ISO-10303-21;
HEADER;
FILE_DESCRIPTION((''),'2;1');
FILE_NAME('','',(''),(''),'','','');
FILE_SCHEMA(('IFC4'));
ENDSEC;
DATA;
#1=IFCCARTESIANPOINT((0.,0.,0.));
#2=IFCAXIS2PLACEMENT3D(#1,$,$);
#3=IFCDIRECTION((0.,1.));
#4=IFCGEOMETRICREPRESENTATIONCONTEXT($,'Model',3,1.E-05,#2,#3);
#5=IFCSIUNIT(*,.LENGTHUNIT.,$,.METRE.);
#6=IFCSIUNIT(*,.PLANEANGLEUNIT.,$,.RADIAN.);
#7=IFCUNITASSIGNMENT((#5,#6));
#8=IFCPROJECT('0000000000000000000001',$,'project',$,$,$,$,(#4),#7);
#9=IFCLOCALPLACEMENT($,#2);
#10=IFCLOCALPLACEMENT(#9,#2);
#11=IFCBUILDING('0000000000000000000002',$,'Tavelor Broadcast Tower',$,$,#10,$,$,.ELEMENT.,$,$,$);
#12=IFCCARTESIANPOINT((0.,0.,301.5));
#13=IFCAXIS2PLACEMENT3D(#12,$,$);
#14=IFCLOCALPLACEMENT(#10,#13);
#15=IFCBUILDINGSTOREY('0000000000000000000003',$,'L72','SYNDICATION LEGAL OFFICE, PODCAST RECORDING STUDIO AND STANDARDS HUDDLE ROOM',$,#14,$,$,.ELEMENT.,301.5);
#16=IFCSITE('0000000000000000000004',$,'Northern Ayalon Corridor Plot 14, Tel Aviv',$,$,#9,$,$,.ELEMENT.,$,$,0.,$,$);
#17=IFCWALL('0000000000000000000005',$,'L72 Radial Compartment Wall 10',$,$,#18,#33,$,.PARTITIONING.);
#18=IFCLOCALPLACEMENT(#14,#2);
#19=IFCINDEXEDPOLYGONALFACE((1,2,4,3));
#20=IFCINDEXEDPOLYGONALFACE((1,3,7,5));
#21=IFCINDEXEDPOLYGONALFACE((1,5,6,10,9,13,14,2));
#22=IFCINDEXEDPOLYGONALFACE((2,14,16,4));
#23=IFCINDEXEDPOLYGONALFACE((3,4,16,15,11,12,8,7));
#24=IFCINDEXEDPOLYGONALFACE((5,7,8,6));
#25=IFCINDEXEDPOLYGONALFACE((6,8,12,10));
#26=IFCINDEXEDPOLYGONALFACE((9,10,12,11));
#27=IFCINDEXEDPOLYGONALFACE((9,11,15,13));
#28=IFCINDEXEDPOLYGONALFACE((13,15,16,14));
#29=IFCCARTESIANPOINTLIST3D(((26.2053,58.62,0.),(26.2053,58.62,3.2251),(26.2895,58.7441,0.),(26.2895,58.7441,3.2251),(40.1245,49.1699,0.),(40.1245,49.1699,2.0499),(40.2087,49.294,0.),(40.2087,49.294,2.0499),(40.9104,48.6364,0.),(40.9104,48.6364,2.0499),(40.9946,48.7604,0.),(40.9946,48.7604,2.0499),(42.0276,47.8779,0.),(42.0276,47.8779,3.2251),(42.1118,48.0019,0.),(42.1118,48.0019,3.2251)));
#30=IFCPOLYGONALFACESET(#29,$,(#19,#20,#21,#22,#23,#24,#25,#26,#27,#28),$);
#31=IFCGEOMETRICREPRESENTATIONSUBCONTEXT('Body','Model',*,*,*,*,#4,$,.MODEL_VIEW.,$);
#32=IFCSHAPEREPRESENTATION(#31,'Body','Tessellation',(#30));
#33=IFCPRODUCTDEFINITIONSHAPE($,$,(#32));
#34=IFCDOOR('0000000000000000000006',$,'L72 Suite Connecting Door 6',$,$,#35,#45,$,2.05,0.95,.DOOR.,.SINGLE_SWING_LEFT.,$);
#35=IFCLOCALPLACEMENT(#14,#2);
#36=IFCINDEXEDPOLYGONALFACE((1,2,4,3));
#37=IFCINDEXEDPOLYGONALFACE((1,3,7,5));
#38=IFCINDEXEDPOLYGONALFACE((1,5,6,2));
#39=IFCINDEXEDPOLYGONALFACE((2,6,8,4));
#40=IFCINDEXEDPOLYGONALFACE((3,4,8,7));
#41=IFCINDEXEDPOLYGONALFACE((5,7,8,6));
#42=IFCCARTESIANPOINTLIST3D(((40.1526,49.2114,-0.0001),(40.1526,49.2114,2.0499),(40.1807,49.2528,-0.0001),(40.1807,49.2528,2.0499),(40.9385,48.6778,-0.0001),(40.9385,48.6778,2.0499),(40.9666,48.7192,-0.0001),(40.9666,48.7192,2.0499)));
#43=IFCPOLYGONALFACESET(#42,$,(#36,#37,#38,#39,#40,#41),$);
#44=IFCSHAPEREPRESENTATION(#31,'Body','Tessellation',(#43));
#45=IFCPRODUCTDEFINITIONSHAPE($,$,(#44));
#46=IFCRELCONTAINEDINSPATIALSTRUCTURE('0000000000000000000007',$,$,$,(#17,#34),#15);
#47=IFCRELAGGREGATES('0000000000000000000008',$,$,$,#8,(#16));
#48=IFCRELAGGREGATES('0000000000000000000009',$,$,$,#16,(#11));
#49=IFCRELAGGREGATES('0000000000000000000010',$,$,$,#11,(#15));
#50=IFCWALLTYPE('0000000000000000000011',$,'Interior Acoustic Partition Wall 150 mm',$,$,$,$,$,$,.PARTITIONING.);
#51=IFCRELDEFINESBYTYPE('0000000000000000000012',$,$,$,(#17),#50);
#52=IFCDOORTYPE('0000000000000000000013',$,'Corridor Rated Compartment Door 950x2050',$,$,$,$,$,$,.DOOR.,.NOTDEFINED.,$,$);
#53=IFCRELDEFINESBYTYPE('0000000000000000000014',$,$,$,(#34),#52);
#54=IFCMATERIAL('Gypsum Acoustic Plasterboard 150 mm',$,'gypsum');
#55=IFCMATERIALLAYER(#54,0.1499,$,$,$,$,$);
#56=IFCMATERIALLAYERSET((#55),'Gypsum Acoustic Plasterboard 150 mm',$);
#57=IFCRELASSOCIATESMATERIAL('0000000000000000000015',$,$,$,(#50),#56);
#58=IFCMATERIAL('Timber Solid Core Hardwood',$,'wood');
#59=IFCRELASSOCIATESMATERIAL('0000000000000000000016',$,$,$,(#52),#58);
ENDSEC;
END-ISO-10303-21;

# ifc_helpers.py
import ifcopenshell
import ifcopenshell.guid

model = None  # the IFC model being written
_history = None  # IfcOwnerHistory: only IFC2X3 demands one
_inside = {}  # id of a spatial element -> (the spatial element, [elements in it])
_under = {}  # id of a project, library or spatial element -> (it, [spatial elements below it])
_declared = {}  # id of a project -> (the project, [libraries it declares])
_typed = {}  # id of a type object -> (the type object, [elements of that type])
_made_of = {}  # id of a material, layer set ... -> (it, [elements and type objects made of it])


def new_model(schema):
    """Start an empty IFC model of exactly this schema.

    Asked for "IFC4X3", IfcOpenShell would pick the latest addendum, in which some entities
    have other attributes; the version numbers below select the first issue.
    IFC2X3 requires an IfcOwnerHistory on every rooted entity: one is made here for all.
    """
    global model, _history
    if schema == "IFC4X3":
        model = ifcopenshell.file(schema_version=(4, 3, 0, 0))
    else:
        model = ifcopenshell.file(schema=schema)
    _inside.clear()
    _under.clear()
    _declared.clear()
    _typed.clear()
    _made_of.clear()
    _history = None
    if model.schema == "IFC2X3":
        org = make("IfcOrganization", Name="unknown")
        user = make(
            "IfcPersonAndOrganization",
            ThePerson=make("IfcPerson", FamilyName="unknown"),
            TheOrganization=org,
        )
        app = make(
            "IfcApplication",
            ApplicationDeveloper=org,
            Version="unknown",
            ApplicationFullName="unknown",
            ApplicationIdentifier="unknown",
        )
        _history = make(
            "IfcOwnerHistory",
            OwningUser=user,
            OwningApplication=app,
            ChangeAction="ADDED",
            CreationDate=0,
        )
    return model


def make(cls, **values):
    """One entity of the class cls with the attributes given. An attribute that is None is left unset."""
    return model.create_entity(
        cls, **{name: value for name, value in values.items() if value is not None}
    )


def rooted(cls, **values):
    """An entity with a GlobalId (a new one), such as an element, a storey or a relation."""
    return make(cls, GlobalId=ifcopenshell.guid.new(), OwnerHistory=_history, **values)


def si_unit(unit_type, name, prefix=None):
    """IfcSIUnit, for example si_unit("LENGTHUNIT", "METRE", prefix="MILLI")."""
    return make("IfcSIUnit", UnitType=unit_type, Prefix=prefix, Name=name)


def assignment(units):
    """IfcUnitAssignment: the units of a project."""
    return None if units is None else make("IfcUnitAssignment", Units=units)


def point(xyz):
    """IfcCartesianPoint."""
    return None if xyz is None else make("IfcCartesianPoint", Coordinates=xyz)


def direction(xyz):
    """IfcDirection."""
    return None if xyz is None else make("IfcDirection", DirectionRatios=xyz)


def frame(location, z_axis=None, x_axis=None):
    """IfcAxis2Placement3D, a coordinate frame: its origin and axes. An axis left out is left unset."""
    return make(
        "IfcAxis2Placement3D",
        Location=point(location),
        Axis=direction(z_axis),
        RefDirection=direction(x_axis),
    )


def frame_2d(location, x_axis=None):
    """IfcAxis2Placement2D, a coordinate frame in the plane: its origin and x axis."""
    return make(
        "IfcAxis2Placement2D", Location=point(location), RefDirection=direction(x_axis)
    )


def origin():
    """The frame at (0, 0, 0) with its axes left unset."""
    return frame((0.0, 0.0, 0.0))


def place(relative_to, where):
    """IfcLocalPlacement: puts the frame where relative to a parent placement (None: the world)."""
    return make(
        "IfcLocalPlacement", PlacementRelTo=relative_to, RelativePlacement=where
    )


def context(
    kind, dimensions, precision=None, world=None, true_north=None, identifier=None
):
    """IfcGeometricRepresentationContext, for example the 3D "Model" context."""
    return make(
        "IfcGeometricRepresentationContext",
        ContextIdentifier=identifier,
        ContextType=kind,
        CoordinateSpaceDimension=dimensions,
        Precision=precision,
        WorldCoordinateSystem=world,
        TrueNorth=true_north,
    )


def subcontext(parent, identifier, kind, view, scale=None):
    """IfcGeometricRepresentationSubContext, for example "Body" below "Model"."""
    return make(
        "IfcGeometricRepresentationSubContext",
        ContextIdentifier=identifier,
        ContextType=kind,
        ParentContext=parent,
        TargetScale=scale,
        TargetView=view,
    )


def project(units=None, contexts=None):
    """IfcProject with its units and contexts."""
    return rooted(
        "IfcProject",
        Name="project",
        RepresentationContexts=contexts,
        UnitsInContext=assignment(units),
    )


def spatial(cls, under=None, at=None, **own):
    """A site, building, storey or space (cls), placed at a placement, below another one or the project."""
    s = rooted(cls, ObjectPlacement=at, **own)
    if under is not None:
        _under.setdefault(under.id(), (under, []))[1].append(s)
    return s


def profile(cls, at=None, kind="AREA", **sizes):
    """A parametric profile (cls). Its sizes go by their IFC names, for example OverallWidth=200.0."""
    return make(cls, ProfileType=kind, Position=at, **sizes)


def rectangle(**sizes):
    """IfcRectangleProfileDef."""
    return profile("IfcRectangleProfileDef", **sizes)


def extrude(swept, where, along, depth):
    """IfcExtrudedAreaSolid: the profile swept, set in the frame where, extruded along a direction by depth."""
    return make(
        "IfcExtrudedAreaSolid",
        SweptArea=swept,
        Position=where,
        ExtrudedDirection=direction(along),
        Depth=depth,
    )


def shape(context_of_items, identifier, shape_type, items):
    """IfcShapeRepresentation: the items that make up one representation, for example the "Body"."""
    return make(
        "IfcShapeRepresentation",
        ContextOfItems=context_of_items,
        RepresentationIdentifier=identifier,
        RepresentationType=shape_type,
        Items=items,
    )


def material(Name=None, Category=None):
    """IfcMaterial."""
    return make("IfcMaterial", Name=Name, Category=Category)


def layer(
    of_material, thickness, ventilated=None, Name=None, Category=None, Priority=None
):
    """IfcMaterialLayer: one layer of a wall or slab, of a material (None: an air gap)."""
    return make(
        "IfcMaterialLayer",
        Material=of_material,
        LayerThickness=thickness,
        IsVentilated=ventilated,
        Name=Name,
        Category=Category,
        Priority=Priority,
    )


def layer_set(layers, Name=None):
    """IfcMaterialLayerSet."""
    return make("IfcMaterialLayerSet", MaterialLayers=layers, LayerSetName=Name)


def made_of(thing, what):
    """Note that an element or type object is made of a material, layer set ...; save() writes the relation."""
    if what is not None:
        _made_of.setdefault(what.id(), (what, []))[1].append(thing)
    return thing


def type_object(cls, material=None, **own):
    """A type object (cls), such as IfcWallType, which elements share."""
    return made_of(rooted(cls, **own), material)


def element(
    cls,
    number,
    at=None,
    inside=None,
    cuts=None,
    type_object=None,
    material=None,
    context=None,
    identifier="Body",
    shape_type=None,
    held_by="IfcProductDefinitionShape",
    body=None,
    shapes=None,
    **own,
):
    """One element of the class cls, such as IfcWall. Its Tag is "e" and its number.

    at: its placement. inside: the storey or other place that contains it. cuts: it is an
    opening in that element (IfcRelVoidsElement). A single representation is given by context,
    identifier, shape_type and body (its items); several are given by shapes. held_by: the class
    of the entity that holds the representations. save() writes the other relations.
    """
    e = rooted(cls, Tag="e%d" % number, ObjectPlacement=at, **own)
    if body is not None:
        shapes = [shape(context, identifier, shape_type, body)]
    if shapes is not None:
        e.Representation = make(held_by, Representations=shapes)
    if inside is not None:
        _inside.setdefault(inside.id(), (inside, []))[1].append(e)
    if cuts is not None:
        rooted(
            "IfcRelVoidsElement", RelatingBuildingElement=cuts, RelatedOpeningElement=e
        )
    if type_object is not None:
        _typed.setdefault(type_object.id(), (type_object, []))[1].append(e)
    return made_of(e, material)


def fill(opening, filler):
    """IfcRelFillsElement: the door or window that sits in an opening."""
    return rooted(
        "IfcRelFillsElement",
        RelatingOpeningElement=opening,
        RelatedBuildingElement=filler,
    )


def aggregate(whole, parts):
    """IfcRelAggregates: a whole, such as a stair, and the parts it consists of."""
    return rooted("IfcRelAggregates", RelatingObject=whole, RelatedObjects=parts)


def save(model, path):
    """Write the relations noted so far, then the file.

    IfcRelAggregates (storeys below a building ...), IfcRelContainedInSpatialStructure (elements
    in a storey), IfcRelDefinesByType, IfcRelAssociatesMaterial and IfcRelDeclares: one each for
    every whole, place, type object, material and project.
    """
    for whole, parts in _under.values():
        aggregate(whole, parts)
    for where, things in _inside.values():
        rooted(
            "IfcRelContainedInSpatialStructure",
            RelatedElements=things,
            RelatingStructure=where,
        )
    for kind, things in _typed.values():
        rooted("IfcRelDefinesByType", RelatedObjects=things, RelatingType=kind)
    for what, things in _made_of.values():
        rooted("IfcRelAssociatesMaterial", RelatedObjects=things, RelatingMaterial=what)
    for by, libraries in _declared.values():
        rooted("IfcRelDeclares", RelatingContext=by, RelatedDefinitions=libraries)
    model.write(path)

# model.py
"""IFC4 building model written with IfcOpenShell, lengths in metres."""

from ifc_helpers import new_model, si_unit, direction, frame, frame_2d, origin, place, context, subcontext, project, spatial, rectangle, extrude, material, layer, layer_set, type_object, element, fill, save


model = new_model("IFC4")

# Units and contexts
model_context = context("Model", 3, precision=1e-05, world=origin(), true_north=direction((0.0, 1.0)))
body_context = subcontext(model_context, "Body", "Model", "MODEL_VIEW")
ifc_project = project(units=[si_unit("LENGTHUNIT", "METRE"), si_unit("PLANEANGLEUNIT", "RADIAN")], contexts=[model_context])

# Site, building, storey
site_placement = place(None, origin())
site = spatial("IfcSite", under=ifc_project, at=site_placement, Name="Northern Ayalon Corridor Plot 14, Tel Aviv", CompositionType="ELEMENT", RefElevation=0.0)
building_placement = place(site_placement, origin())
building = spatial("IfcBuilding", under=site, at=building_placement, Name="Tavelor Broadcast Tower", CompositionType="ELEMENT")
storey_placement = place(building_placement, frame((0.0, 0.0, 301.5)))
storey = spatial("IfcBuildingStorey", under=building, at=storey_placement, Name="L72", Description="SYNDICATION LEGAL OFFICE, PODCAST RECORDING STUDIO AND STANDARDS HUDDLE ROOM", CompositionType="ELEMENT", Elevation=301.5)

# Shared definitions
ifc_material_1 = material(Name="Gypsum Acoustic Plasterboard 150 mm", Category="gypsum")
ifc_layer_1 = layer(ifc_material_1, 0.1499)
ifc_layer_set_1 = layer_set([ifc_layer_1], Name="Gypsum Acoustic Plasterboard 150 mm")
wall_type_1 = type_object("IfcWallType", Name="Interior Acoustic Partition Wall 150 mm", PredefinedType="PARTITIONING", material=ifc_layer_set_1)

# Wall, opening, door
ifc_material_2 = material(Name="Timber Solid Core Hardwood", Category="wood")
door_type_1 = type_object("IfcDoorType", Name="Corridor Rated Compartment Door 950x2050", OperationType="NOTDEFINED", PredefinedType="DOOR", material=ifc_material_2)
wall_1_placement = place(storey_placement, frame((42.0696, 47.9399, 0.0), z_axis=(0.0, 0.0, 1.0), x_axis=(-0.827338, 0.561704, 0.0)))
wall_1 = element("IfcWall", 1, at=wall_1_placement, inside=storey, type_object=wall_type_1, Name="L72 Radial Compartment Wall 10", PredefinedType="PARTITIONING", context=body_context, shape_type="SweptSolid", body=[
    extrude(rectangle(XDim=19.1243, YDim=0.1499, at=frame_2d((9.562, 0.0))), origin(), (0.0, 0.0, 1.0), 3.2251),
])
opening_1_placement = place(wall_1_placement, frame((1.3501, 0.0, 0.0)))
opening_1 = element("IfcOpeningElement", 2, at=opening_1_placement, cuts=wall_1, PredefinedType="OPENING", context=body_context, shape_type="SweptSolid", body=[
    extrude(rectangle(XDim=0.95, YDim=2.05, at=frame_2d((0.4751, 1.0249))), frame((0.0, 0.085, 0.0), z_axis=(0.0, -1.0, 0.0), x_axis=(1.0, 0.0, 0.0)), (0.0, 0.0, 1.0), 0.1699),
])
door_1_placement = place(opening_1_placement, origin())
door_1 = element("IfcDoor", 3, at=door_1_placement, inside=storey, type_object=door_type_1, Name="L72 Suite Connecting Door 6", OperationType="SINGLE_SWING_LEFT", OverallHeight=2.05, OverallWidth=0.95, PredefinedType="DOOR", context=body_context, shape_type="SweptSolid", body=[
    extrude(rectangle(XDim=0.95, YDim=2.05, at=frame_2d((0.4751, 1.0249))), frame((0.0, 0.0249, 0.0), z_axis=(0.0, -1.0, 0.0), x_axis=(1.0, 0.0, 0.0)), (0.0, 0.0, 1.0), 0.05),
])
fill(opening_1, door_1)

save(model, "model.ifc")
